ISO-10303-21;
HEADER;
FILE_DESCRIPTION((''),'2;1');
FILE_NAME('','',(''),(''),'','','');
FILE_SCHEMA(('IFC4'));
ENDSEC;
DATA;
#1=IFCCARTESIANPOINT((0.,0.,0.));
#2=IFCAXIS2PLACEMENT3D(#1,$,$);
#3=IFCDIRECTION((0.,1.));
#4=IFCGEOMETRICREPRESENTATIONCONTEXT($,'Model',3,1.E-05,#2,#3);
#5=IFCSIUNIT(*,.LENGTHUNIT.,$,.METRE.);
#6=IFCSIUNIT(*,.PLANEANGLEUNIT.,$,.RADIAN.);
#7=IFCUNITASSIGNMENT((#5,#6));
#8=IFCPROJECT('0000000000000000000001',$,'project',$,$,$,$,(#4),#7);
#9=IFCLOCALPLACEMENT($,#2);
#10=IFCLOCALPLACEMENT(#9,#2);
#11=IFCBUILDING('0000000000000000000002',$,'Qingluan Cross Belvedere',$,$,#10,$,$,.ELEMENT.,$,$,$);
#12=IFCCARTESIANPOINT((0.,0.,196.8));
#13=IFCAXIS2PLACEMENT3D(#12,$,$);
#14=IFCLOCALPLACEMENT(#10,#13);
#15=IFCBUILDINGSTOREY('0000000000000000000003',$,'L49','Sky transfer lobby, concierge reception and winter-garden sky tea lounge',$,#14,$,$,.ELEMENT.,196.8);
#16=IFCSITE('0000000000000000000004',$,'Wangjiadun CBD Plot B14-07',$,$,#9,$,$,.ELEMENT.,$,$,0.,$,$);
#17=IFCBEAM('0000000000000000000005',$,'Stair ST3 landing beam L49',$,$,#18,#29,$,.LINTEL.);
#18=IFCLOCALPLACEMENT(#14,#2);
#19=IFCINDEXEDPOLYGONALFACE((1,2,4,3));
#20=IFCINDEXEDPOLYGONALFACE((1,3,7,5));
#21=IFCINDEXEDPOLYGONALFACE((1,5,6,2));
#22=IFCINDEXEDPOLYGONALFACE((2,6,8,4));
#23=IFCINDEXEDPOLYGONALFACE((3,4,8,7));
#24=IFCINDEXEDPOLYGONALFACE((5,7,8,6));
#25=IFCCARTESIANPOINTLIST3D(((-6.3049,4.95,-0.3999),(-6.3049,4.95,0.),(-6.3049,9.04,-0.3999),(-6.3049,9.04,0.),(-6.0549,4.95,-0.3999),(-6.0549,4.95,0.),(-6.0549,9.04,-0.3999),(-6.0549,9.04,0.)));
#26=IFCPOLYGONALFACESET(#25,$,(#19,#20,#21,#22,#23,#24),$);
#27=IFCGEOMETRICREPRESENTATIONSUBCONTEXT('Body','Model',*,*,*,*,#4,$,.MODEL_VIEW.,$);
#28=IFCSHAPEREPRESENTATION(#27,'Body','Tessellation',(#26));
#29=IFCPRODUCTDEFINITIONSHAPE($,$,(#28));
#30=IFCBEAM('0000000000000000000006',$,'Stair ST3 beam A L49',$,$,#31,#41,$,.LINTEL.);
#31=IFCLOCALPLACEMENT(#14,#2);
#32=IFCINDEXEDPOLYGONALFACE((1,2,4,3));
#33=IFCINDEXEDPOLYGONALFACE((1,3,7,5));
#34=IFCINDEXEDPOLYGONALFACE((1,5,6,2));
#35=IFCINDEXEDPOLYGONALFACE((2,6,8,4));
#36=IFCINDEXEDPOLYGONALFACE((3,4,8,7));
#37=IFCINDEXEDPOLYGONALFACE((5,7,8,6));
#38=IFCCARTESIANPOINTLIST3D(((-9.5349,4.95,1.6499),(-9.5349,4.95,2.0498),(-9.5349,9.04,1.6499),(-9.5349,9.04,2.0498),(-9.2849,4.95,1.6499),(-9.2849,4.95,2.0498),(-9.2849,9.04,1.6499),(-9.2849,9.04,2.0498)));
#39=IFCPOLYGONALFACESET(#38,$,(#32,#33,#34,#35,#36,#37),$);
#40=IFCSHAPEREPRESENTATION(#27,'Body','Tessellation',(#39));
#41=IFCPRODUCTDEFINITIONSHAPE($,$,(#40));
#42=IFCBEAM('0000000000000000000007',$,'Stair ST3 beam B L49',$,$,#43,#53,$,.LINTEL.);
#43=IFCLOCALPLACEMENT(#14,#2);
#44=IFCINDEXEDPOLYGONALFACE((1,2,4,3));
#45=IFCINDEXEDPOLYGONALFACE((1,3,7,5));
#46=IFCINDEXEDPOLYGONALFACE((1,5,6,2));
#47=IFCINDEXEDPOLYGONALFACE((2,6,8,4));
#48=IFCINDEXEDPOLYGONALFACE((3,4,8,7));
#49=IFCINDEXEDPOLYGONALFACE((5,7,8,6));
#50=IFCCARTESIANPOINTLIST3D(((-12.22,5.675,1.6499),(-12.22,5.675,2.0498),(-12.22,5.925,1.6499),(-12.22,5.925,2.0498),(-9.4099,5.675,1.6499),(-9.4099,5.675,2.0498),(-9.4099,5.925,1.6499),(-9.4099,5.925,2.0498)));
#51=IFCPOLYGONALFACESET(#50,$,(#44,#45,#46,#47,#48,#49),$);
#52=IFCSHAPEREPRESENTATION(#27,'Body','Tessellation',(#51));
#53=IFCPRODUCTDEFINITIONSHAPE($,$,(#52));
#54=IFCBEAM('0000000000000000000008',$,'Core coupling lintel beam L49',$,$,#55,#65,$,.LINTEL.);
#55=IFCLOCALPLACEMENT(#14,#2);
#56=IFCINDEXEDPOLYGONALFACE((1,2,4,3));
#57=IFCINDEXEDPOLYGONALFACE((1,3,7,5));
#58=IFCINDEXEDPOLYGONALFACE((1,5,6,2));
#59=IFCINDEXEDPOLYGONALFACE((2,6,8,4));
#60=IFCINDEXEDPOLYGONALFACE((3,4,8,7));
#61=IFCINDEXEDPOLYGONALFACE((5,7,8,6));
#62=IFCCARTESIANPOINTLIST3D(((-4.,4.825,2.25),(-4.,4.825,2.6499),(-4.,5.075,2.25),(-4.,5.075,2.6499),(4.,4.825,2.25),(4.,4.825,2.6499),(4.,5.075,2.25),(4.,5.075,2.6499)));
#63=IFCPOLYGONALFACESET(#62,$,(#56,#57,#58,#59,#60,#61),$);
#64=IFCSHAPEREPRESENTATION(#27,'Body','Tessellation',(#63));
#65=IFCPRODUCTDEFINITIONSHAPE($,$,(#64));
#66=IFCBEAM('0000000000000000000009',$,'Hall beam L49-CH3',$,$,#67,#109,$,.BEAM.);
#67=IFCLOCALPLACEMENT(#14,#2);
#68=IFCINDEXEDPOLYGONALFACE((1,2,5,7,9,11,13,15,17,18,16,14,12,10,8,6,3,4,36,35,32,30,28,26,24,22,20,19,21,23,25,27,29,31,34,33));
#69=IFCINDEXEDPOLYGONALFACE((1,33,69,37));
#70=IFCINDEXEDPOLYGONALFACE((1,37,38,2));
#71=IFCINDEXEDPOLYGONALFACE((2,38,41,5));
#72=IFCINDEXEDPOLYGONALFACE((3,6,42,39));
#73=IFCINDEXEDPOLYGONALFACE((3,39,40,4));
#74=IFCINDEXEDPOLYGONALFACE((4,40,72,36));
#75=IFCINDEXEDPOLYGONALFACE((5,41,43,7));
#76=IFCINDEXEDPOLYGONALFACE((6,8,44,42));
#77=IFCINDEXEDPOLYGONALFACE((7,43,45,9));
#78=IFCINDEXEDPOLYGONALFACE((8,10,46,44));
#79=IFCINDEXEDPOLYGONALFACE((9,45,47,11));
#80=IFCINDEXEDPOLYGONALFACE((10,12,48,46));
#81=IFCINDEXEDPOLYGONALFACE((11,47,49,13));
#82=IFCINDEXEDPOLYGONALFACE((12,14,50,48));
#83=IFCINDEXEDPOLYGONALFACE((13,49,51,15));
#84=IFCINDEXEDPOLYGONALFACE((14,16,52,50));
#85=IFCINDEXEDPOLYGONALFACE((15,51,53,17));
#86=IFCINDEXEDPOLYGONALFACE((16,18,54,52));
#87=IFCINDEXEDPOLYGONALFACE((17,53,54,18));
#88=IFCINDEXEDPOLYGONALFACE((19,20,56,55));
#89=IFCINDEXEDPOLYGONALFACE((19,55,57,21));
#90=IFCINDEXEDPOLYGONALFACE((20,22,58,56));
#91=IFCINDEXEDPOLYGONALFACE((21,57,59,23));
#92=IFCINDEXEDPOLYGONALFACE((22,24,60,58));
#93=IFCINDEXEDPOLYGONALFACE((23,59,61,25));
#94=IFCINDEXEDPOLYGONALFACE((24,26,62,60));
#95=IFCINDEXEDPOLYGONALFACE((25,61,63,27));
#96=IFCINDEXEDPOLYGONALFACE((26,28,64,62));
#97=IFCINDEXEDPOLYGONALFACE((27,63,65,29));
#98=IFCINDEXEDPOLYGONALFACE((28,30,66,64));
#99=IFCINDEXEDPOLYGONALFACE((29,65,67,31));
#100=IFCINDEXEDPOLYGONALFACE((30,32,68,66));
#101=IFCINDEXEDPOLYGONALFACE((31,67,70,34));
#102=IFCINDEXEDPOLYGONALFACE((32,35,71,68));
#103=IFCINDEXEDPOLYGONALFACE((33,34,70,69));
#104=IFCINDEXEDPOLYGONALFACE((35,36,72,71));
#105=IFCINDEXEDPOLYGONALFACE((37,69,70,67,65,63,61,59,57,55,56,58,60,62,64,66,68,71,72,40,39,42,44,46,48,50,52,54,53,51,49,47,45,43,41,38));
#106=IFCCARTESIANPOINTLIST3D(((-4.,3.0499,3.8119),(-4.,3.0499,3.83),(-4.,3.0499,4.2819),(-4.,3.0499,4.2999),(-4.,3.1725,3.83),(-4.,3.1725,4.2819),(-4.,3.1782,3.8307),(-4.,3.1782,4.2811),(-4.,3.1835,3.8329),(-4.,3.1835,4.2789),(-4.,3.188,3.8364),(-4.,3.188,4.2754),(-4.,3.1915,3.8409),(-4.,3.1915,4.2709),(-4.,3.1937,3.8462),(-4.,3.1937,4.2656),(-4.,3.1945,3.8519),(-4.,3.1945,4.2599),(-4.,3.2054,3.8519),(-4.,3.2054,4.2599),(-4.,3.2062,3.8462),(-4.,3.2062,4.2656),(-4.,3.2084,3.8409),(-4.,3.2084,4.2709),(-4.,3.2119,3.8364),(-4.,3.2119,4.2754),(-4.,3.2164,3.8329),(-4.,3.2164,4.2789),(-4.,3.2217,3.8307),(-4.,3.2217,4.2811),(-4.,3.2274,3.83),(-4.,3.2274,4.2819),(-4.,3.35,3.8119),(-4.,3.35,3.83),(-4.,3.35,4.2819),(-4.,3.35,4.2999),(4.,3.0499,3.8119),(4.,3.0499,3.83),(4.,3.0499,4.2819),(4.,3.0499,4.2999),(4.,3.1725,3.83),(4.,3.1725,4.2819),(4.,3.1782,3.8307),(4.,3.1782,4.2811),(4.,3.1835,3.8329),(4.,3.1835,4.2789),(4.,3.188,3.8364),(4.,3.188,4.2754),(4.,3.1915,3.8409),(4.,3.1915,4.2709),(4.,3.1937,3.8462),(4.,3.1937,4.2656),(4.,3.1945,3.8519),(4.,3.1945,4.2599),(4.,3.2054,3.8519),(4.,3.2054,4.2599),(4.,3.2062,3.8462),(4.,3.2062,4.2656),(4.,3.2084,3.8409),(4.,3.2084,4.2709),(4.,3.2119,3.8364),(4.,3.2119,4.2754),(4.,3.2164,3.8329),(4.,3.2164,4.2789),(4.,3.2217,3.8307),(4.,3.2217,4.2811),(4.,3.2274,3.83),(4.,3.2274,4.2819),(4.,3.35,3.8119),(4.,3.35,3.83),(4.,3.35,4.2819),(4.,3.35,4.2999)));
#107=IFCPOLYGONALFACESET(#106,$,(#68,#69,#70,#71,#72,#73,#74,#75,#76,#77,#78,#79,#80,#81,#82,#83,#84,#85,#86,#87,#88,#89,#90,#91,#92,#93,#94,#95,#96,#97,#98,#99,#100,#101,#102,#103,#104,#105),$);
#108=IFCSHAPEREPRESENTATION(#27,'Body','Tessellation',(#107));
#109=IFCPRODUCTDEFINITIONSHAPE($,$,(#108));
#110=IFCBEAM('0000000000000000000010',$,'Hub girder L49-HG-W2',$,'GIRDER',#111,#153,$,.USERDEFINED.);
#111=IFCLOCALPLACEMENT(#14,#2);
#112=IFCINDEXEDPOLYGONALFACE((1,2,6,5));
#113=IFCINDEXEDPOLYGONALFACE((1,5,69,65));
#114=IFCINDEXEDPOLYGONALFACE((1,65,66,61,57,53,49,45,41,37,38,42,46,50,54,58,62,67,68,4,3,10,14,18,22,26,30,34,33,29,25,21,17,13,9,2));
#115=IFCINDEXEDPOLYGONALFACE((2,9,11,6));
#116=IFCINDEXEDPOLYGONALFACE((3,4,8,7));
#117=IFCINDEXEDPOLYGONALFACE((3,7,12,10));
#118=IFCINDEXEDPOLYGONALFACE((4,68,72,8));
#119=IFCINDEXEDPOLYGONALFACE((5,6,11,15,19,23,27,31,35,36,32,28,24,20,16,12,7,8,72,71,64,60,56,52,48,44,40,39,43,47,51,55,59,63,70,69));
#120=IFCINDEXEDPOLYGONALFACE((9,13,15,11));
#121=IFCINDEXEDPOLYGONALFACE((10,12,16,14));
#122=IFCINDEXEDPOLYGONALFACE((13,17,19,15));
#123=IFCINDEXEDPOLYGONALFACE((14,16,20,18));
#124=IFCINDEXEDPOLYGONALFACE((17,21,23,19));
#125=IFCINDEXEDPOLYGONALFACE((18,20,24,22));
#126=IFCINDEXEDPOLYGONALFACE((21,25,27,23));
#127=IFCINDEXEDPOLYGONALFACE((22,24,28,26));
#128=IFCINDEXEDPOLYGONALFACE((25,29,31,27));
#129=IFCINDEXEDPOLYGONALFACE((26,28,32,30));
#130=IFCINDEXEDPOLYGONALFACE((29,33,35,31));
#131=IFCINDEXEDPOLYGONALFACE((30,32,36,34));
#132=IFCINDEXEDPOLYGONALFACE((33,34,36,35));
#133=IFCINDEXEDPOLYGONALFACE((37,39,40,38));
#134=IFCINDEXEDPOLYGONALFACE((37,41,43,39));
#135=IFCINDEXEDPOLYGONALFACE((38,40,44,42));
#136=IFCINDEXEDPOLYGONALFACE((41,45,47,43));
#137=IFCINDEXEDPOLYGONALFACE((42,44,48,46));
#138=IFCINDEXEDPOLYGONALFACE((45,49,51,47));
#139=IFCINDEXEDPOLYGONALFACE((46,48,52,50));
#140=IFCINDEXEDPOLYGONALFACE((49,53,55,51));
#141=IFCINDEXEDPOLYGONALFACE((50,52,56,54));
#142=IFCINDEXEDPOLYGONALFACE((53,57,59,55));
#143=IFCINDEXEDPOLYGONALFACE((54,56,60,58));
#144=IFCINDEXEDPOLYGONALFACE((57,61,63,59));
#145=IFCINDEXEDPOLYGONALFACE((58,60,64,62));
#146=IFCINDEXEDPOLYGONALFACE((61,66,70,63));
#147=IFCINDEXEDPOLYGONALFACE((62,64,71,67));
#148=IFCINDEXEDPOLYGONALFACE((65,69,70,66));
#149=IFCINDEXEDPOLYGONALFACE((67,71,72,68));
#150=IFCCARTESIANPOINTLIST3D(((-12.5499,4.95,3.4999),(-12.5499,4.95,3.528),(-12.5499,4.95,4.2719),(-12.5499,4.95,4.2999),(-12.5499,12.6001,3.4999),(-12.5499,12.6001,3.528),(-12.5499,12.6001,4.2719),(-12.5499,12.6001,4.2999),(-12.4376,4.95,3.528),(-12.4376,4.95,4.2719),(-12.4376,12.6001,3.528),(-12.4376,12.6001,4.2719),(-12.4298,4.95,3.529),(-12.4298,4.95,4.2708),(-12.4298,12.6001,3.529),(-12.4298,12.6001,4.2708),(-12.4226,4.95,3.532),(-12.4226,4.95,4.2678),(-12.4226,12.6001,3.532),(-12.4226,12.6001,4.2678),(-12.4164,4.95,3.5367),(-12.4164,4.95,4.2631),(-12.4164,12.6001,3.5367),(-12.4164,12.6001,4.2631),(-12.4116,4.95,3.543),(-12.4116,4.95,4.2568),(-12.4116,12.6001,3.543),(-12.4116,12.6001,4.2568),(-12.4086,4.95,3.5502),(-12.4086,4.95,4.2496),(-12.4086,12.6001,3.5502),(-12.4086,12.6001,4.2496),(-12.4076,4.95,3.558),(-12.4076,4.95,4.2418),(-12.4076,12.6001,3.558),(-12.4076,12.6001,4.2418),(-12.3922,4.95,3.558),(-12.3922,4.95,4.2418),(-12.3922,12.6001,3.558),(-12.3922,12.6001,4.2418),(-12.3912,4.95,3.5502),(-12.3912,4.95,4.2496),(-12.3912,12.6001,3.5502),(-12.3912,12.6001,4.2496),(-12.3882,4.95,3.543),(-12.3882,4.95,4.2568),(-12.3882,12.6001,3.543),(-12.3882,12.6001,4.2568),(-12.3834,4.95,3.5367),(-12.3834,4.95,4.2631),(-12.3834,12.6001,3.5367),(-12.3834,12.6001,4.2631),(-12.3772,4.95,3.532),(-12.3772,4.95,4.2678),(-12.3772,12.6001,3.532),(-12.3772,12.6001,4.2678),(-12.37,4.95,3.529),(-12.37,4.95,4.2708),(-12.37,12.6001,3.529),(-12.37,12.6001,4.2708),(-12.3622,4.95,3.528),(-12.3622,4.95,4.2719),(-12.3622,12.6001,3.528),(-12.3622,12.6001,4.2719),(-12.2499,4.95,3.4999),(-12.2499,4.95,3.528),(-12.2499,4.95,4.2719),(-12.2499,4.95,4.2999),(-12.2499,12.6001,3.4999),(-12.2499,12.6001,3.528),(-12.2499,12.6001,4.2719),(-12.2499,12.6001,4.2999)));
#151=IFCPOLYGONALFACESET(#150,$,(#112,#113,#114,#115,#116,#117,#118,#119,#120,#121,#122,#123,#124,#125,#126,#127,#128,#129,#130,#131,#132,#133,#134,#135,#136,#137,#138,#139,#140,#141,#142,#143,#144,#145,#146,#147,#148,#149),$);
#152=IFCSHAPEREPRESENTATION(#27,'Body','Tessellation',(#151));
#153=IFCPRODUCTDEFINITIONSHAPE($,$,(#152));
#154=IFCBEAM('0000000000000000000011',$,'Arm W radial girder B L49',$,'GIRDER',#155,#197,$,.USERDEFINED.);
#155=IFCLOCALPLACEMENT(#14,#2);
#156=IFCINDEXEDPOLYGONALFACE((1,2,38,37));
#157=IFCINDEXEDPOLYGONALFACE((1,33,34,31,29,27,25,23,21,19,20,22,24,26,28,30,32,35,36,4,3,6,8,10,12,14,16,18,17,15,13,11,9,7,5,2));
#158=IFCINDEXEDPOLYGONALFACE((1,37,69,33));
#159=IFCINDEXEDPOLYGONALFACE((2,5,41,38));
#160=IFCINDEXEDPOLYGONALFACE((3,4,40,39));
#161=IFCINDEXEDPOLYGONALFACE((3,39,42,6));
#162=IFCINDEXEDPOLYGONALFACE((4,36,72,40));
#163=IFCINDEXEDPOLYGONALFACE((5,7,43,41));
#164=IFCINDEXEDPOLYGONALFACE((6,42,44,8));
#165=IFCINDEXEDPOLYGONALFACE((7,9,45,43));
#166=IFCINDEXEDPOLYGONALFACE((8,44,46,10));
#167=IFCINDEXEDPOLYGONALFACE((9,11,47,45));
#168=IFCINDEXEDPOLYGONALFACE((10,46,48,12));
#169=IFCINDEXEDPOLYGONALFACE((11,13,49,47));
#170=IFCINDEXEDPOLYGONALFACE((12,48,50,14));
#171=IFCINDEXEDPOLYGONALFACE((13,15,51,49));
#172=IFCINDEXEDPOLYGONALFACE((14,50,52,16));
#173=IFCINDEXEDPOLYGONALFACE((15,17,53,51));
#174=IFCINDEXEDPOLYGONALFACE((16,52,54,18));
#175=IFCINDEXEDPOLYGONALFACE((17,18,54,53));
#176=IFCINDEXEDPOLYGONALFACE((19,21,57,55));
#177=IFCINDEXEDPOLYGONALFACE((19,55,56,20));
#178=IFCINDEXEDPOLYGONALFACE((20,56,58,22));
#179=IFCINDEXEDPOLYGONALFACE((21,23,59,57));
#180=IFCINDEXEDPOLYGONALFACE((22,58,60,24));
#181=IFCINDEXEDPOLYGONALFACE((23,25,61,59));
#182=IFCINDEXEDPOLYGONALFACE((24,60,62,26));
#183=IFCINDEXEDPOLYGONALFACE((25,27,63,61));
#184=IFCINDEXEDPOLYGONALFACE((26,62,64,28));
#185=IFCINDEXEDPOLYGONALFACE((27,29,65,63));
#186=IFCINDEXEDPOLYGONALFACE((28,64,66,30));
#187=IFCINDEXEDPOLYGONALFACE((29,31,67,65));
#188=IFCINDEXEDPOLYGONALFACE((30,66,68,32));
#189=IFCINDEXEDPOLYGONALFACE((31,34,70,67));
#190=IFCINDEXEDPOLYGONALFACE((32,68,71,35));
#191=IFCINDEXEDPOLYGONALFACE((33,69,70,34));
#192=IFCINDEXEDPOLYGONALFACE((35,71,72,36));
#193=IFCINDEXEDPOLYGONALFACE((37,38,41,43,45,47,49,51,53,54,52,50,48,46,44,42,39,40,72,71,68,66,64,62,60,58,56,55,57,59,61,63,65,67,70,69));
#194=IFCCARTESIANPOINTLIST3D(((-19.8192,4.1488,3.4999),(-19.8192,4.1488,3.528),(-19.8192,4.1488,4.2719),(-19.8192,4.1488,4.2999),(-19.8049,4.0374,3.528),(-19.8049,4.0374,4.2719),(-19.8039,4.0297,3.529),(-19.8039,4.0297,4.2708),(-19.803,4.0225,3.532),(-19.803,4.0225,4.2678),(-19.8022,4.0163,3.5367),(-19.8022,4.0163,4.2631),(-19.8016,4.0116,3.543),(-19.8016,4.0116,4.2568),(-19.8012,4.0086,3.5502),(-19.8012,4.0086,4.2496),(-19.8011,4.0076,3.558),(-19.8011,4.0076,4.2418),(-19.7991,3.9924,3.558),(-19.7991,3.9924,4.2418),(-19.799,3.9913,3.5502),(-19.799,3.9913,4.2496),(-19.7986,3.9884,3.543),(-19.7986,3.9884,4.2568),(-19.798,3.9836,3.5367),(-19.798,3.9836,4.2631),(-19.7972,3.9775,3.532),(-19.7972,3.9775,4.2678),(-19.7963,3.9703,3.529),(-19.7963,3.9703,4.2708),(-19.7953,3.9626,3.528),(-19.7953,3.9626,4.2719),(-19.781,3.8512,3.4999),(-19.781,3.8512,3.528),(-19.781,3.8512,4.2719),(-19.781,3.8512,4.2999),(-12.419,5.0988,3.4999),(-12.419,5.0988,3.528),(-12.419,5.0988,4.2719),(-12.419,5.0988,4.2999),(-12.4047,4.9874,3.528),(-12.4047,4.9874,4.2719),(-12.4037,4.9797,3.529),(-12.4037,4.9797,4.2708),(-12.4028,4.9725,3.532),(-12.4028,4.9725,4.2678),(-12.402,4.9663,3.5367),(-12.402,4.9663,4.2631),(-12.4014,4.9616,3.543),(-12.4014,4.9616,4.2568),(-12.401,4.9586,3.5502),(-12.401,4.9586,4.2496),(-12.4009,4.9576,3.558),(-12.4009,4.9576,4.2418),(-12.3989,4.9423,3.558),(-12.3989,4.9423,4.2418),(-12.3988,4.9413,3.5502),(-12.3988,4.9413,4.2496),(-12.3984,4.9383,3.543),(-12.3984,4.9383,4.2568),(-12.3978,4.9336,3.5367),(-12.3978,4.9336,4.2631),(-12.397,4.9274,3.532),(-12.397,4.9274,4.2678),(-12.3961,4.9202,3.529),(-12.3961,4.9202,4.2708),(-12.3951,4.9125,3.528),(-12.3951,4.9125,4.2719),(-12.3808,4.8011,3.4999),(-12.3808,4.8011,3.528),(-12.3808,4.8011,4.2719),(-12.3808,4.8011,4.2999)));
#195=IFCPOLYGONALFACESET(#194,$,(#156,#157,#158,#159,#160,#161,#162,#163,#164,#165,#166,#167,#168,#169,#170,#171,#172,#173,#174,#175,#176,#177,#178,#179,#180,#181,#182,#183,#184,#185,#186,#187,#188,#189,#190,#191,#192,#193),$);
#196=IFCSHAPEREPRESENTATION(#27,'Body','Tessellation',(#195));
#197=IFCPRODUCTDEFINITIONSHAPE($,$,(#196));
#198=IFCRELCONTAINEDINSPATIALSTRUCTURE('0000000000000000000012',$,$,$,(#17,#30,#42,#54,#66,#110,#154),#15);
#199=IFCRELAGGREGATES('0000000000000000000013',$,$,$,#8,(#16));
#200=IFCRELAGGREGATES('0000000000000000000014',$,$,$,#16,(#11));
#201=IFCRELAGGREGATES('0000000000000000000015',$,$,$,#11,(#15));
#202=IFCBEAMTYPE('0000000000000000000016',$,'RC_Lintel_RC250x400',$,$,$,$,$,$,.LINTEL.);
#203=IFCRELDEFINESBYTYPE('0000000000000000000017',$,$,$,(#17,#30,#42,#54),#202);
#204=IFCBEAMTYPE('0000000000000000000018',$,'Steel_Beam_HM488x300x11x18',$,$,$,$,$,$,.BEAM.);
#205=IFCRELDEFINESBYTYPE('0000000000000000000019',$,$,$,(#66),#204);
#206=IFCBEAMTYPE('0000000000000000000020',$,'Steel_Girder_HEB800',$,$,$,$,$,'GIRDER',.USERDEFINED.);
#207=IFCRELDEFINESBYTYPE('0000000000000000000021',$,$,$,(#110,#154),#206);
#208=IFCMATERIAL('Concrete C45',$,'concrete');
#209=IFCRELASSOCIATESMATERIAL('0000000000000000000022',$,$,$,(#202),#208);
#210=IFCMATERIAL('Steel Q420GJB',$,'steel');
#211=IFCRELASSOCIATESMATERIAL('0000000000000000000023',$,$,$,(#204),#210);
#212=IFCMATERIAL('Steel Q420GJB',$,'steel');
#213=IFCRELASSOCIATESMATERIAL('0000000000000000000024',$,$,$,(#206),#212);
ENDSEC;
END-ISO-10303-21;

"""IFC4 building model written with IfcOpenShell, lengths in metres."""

from ifc_helpers import new_model, si_unit, direction, frame, origin, origin_2d, place, context, subcontext, project, spatial, rectangle, i_section, extrude, material, material_profile, profile_set, type_object, element, save


model = new_model("IFC4")

# Units and contexts
model_context = context("Model", 3, precision=1e-05, world=origin(), true_north=direction((0.0, 1.0)))
body_context = subcontext(model_context, "Body", "Model", "MODEL_VIEW")
ifc_project = project(units=[si_unit("LENGTHUNIT", "METRE"), si_unit("PLANEANGLEUNIT", "RADIAN")], contexts=[model_context])

# Site, building, storey
site_placement = place(None, origin())
site = spatial("IfcSite", under=ifc_project, at=site_placement, Name="Wangjiadun CBD Plot B14-07", CompositionType="ELEMENT", RefElevation=0.0)
building_placement = place(site_placement, origin())
building = spatial("IfcBuilding", under=site, at=building_placement, Name="Qingluan Cross Belvedere", CompositionType="ELEMENT")
storey_placement = place(building_placement, frame((0.0, 0.0, 196.8)))
storey = spatial("IfcBuildingStorey", under=building, at=storey_placement, Name="L49", Description="Sky transfer lobby, concierge reception and winter-garden sky tea lounge", CompositionType="ELEMENT", Elevation=196.8)

# Beams
ifc_material_1 = material(Name="Concrete C45", Category="concrete")
ifc_material_profile_1 = material_profile(ifc_material_1, rectangle(XDim=0.25, YDim=0.3999, at=origin_2d()), Name="RC250x400")
ifc_profile_set_1 = profile_set([ifc_material_profile_1], Name="Concrete C45")
beam_type_1 = type_object("IfcBeamType", Name="RC_Lintel_RC250x400", PredefinedType="LINTEL", material=ifc_profile_set_1)
for number, where, z_axis, x_axis, name in (
    (1, (-6.1799, 4.95, -0.2), (0.0, 1.0, 0.0), (-1.0, 0.0, 0.0), "Stair ST3 landing beam L49"),
    (2, (-9.4099, 4.95, 1.8499), (0.0, 1.0, 0.0), (-1.0, 0.0, 0.0), "Stair ST3 beam A L49"),
):
    element("IfcBeam", number, at=place(storey_placement, frame(where, z_axis=z_axis, x_axis=x_axis)), inside=storey, type_object=beam_type_1, Name=name, PredefinedType="LINTEL", context=body_context, shape_type="SweptSolid", body=[
        extrude(rectangle(XDim=0.25, YDim=0.3999, at=origin_2d()), origin(), (0.0, 0.0, 1.0), 4.0901),
    ])
beam_1_placement = place(storey_placement, frame((-12.22, 5.8, 1.8499), z_axis=(1.0, 0.0, 0.0), x_axis=(0.0, 1.0, 0.0)))
element("IfcBeam", 3, at=beam_1_placement, inside=storey, type_object=beam_type_1, Name="Stair ST3 beam B L49", PredefinedType="LINTEL", context=body_context, shape_type="SweptSolid", body=[
    extrude(rectangle(XDim=0.25, YDim=0.3999, at=origin_2d()), origin(), (0.0, 0.0, 1.0), 2.8101),
])
beam_2_placement = place(storey_placement, frame((-4.0, 4.95, 2.45), z_axis=(1.0, 0.0, 0.0), x_axis=(0.0, 1.0, 0.0)))
element("IfcBeam", 4, at=beam_2_placement, inside=storey, type_object=beam_type_1, Name="Core coupling lintel beam L49", PredefinedType="LINTEL", context=body_context, shape_type="SweptSolid", body=[
    extrude(rectangle(XDim=0.25, YDim=0.3999, at=origin_2d()), origin(), (0.0, 0.0, 1.0), 8.0),
])
ifc_material_2 = material(Name="Steel Q420GJB", Category="steel")
ifc_material_profile_2 = material_profile(ifc_material_2, i_section(OverallWidth=0.3, OverallDepth=0.488, WebThickness=0.011, FlangeThickness=0.0181, FilletRadius=0.022, at=origin_2d()), Name="HM488x300x11x18")
ifc_profile_set_2 = profile_set([ifc_material_profile_2], Name="Steel Q420GJB")
beam_type_2 = type_object("IfcBeamType", Name="Steel_Beam_HM488x300x11x18", PredefinedType="BEAM", material=ifc_profile_set_2)
beam_3_placement = place(storey_placement, frame((-4.0, 3.2, 4.0559), z_axis=(1.0, 0.0, 0.0), x_axis=(0.0, 1.0, 0.0)))
element("IfcBeam", 5, at=beam_3_placement, inside=storey, type_object=beam_type_2, Name="Hall beam L49-CH3", PredefinedType="BEAM", context=body_context, shape_type="SweptSolid", body=[
    extrude(i_section(OverallWidth=0.3, OverallDepth=0.488, WebThickness=0.011, FlangeThickness=0.0181, FilletRadius=0.022, at=origin_2d()), origin(), (0.0, 0.0, 1.0), 8.0),
])
ifc_material_3 = material(Name="Steel Q420GJB", Category="steel")
ifc_material_profile_3 = material_profile(ifc_material_3, i_section(OverallWidth=0.3, OverallDepth=0.8, WebThickness=0.0154, FlangeThickness=0.0281, FilletRadius=0.03, at=origin_2d()), Name="HEB800")
ifc_profile_set_3 = profile_set([ifc_material_profile_3], Name="Steel Q420GJB")
beam_type_3 = type_object("IfcBeamType", Name="Steel_Girder_HEB800", ElementType="GIRDER", PredefinedType="USERDEFINED", material=ifc_profile_set_3)
beam_4_placement = place(storey_placement, frame((-12.3999, 4.95, 3.8999), z_axis=(0.0, 1.0, 0.0), x_axis=(-1.0, 0.0, 0.0)))
element("IfcBeam", 6, at=beam_4_placement, inside=storey, type_object=beam_type_3, Name="Hub girder L49-HG-W2", ObjectType="GIRDER", PredefinedType="USERDEFINED", context=body_context, shape_type="SweptSolid", body=[
    extrude(i_section(OverallWidth=0.3, OverallDepth=0.8, WebThickness=0.0154, FlangeThickness=0.0281, FilletRadius=0.03, at=origin_2d()), origin(), (0.0, 0.0, 1.0), 7.6501),
])
beam_5_placement = place(storey_placement, frame((-12.3999, 4.95, 3.8999), z_axis=(-0.991861, -0.127324, 0.0), x_axis=(0.127324, -0.991861, 0.0)))
element("IfcBeam", 7, at=beam_5_placement, inside=storey, type_object=beam_type_3, Name="Arm W radial girder B L49", ObjectType="GIRDER", PredefinedType="USERDEFINED", context=body_context, shape_type="SweptSolid", body=[
    extrude(i_section(OverallWidth=0.3, OverallDepth=0.8, WebThickness=0.0154, FlangeThickness=0.0281, FilletRadius=0.03, at=origin_2d()), origin(), (0.0, 0.0, 1.0), 7.4609),
])

save(model, "model.ifc")
